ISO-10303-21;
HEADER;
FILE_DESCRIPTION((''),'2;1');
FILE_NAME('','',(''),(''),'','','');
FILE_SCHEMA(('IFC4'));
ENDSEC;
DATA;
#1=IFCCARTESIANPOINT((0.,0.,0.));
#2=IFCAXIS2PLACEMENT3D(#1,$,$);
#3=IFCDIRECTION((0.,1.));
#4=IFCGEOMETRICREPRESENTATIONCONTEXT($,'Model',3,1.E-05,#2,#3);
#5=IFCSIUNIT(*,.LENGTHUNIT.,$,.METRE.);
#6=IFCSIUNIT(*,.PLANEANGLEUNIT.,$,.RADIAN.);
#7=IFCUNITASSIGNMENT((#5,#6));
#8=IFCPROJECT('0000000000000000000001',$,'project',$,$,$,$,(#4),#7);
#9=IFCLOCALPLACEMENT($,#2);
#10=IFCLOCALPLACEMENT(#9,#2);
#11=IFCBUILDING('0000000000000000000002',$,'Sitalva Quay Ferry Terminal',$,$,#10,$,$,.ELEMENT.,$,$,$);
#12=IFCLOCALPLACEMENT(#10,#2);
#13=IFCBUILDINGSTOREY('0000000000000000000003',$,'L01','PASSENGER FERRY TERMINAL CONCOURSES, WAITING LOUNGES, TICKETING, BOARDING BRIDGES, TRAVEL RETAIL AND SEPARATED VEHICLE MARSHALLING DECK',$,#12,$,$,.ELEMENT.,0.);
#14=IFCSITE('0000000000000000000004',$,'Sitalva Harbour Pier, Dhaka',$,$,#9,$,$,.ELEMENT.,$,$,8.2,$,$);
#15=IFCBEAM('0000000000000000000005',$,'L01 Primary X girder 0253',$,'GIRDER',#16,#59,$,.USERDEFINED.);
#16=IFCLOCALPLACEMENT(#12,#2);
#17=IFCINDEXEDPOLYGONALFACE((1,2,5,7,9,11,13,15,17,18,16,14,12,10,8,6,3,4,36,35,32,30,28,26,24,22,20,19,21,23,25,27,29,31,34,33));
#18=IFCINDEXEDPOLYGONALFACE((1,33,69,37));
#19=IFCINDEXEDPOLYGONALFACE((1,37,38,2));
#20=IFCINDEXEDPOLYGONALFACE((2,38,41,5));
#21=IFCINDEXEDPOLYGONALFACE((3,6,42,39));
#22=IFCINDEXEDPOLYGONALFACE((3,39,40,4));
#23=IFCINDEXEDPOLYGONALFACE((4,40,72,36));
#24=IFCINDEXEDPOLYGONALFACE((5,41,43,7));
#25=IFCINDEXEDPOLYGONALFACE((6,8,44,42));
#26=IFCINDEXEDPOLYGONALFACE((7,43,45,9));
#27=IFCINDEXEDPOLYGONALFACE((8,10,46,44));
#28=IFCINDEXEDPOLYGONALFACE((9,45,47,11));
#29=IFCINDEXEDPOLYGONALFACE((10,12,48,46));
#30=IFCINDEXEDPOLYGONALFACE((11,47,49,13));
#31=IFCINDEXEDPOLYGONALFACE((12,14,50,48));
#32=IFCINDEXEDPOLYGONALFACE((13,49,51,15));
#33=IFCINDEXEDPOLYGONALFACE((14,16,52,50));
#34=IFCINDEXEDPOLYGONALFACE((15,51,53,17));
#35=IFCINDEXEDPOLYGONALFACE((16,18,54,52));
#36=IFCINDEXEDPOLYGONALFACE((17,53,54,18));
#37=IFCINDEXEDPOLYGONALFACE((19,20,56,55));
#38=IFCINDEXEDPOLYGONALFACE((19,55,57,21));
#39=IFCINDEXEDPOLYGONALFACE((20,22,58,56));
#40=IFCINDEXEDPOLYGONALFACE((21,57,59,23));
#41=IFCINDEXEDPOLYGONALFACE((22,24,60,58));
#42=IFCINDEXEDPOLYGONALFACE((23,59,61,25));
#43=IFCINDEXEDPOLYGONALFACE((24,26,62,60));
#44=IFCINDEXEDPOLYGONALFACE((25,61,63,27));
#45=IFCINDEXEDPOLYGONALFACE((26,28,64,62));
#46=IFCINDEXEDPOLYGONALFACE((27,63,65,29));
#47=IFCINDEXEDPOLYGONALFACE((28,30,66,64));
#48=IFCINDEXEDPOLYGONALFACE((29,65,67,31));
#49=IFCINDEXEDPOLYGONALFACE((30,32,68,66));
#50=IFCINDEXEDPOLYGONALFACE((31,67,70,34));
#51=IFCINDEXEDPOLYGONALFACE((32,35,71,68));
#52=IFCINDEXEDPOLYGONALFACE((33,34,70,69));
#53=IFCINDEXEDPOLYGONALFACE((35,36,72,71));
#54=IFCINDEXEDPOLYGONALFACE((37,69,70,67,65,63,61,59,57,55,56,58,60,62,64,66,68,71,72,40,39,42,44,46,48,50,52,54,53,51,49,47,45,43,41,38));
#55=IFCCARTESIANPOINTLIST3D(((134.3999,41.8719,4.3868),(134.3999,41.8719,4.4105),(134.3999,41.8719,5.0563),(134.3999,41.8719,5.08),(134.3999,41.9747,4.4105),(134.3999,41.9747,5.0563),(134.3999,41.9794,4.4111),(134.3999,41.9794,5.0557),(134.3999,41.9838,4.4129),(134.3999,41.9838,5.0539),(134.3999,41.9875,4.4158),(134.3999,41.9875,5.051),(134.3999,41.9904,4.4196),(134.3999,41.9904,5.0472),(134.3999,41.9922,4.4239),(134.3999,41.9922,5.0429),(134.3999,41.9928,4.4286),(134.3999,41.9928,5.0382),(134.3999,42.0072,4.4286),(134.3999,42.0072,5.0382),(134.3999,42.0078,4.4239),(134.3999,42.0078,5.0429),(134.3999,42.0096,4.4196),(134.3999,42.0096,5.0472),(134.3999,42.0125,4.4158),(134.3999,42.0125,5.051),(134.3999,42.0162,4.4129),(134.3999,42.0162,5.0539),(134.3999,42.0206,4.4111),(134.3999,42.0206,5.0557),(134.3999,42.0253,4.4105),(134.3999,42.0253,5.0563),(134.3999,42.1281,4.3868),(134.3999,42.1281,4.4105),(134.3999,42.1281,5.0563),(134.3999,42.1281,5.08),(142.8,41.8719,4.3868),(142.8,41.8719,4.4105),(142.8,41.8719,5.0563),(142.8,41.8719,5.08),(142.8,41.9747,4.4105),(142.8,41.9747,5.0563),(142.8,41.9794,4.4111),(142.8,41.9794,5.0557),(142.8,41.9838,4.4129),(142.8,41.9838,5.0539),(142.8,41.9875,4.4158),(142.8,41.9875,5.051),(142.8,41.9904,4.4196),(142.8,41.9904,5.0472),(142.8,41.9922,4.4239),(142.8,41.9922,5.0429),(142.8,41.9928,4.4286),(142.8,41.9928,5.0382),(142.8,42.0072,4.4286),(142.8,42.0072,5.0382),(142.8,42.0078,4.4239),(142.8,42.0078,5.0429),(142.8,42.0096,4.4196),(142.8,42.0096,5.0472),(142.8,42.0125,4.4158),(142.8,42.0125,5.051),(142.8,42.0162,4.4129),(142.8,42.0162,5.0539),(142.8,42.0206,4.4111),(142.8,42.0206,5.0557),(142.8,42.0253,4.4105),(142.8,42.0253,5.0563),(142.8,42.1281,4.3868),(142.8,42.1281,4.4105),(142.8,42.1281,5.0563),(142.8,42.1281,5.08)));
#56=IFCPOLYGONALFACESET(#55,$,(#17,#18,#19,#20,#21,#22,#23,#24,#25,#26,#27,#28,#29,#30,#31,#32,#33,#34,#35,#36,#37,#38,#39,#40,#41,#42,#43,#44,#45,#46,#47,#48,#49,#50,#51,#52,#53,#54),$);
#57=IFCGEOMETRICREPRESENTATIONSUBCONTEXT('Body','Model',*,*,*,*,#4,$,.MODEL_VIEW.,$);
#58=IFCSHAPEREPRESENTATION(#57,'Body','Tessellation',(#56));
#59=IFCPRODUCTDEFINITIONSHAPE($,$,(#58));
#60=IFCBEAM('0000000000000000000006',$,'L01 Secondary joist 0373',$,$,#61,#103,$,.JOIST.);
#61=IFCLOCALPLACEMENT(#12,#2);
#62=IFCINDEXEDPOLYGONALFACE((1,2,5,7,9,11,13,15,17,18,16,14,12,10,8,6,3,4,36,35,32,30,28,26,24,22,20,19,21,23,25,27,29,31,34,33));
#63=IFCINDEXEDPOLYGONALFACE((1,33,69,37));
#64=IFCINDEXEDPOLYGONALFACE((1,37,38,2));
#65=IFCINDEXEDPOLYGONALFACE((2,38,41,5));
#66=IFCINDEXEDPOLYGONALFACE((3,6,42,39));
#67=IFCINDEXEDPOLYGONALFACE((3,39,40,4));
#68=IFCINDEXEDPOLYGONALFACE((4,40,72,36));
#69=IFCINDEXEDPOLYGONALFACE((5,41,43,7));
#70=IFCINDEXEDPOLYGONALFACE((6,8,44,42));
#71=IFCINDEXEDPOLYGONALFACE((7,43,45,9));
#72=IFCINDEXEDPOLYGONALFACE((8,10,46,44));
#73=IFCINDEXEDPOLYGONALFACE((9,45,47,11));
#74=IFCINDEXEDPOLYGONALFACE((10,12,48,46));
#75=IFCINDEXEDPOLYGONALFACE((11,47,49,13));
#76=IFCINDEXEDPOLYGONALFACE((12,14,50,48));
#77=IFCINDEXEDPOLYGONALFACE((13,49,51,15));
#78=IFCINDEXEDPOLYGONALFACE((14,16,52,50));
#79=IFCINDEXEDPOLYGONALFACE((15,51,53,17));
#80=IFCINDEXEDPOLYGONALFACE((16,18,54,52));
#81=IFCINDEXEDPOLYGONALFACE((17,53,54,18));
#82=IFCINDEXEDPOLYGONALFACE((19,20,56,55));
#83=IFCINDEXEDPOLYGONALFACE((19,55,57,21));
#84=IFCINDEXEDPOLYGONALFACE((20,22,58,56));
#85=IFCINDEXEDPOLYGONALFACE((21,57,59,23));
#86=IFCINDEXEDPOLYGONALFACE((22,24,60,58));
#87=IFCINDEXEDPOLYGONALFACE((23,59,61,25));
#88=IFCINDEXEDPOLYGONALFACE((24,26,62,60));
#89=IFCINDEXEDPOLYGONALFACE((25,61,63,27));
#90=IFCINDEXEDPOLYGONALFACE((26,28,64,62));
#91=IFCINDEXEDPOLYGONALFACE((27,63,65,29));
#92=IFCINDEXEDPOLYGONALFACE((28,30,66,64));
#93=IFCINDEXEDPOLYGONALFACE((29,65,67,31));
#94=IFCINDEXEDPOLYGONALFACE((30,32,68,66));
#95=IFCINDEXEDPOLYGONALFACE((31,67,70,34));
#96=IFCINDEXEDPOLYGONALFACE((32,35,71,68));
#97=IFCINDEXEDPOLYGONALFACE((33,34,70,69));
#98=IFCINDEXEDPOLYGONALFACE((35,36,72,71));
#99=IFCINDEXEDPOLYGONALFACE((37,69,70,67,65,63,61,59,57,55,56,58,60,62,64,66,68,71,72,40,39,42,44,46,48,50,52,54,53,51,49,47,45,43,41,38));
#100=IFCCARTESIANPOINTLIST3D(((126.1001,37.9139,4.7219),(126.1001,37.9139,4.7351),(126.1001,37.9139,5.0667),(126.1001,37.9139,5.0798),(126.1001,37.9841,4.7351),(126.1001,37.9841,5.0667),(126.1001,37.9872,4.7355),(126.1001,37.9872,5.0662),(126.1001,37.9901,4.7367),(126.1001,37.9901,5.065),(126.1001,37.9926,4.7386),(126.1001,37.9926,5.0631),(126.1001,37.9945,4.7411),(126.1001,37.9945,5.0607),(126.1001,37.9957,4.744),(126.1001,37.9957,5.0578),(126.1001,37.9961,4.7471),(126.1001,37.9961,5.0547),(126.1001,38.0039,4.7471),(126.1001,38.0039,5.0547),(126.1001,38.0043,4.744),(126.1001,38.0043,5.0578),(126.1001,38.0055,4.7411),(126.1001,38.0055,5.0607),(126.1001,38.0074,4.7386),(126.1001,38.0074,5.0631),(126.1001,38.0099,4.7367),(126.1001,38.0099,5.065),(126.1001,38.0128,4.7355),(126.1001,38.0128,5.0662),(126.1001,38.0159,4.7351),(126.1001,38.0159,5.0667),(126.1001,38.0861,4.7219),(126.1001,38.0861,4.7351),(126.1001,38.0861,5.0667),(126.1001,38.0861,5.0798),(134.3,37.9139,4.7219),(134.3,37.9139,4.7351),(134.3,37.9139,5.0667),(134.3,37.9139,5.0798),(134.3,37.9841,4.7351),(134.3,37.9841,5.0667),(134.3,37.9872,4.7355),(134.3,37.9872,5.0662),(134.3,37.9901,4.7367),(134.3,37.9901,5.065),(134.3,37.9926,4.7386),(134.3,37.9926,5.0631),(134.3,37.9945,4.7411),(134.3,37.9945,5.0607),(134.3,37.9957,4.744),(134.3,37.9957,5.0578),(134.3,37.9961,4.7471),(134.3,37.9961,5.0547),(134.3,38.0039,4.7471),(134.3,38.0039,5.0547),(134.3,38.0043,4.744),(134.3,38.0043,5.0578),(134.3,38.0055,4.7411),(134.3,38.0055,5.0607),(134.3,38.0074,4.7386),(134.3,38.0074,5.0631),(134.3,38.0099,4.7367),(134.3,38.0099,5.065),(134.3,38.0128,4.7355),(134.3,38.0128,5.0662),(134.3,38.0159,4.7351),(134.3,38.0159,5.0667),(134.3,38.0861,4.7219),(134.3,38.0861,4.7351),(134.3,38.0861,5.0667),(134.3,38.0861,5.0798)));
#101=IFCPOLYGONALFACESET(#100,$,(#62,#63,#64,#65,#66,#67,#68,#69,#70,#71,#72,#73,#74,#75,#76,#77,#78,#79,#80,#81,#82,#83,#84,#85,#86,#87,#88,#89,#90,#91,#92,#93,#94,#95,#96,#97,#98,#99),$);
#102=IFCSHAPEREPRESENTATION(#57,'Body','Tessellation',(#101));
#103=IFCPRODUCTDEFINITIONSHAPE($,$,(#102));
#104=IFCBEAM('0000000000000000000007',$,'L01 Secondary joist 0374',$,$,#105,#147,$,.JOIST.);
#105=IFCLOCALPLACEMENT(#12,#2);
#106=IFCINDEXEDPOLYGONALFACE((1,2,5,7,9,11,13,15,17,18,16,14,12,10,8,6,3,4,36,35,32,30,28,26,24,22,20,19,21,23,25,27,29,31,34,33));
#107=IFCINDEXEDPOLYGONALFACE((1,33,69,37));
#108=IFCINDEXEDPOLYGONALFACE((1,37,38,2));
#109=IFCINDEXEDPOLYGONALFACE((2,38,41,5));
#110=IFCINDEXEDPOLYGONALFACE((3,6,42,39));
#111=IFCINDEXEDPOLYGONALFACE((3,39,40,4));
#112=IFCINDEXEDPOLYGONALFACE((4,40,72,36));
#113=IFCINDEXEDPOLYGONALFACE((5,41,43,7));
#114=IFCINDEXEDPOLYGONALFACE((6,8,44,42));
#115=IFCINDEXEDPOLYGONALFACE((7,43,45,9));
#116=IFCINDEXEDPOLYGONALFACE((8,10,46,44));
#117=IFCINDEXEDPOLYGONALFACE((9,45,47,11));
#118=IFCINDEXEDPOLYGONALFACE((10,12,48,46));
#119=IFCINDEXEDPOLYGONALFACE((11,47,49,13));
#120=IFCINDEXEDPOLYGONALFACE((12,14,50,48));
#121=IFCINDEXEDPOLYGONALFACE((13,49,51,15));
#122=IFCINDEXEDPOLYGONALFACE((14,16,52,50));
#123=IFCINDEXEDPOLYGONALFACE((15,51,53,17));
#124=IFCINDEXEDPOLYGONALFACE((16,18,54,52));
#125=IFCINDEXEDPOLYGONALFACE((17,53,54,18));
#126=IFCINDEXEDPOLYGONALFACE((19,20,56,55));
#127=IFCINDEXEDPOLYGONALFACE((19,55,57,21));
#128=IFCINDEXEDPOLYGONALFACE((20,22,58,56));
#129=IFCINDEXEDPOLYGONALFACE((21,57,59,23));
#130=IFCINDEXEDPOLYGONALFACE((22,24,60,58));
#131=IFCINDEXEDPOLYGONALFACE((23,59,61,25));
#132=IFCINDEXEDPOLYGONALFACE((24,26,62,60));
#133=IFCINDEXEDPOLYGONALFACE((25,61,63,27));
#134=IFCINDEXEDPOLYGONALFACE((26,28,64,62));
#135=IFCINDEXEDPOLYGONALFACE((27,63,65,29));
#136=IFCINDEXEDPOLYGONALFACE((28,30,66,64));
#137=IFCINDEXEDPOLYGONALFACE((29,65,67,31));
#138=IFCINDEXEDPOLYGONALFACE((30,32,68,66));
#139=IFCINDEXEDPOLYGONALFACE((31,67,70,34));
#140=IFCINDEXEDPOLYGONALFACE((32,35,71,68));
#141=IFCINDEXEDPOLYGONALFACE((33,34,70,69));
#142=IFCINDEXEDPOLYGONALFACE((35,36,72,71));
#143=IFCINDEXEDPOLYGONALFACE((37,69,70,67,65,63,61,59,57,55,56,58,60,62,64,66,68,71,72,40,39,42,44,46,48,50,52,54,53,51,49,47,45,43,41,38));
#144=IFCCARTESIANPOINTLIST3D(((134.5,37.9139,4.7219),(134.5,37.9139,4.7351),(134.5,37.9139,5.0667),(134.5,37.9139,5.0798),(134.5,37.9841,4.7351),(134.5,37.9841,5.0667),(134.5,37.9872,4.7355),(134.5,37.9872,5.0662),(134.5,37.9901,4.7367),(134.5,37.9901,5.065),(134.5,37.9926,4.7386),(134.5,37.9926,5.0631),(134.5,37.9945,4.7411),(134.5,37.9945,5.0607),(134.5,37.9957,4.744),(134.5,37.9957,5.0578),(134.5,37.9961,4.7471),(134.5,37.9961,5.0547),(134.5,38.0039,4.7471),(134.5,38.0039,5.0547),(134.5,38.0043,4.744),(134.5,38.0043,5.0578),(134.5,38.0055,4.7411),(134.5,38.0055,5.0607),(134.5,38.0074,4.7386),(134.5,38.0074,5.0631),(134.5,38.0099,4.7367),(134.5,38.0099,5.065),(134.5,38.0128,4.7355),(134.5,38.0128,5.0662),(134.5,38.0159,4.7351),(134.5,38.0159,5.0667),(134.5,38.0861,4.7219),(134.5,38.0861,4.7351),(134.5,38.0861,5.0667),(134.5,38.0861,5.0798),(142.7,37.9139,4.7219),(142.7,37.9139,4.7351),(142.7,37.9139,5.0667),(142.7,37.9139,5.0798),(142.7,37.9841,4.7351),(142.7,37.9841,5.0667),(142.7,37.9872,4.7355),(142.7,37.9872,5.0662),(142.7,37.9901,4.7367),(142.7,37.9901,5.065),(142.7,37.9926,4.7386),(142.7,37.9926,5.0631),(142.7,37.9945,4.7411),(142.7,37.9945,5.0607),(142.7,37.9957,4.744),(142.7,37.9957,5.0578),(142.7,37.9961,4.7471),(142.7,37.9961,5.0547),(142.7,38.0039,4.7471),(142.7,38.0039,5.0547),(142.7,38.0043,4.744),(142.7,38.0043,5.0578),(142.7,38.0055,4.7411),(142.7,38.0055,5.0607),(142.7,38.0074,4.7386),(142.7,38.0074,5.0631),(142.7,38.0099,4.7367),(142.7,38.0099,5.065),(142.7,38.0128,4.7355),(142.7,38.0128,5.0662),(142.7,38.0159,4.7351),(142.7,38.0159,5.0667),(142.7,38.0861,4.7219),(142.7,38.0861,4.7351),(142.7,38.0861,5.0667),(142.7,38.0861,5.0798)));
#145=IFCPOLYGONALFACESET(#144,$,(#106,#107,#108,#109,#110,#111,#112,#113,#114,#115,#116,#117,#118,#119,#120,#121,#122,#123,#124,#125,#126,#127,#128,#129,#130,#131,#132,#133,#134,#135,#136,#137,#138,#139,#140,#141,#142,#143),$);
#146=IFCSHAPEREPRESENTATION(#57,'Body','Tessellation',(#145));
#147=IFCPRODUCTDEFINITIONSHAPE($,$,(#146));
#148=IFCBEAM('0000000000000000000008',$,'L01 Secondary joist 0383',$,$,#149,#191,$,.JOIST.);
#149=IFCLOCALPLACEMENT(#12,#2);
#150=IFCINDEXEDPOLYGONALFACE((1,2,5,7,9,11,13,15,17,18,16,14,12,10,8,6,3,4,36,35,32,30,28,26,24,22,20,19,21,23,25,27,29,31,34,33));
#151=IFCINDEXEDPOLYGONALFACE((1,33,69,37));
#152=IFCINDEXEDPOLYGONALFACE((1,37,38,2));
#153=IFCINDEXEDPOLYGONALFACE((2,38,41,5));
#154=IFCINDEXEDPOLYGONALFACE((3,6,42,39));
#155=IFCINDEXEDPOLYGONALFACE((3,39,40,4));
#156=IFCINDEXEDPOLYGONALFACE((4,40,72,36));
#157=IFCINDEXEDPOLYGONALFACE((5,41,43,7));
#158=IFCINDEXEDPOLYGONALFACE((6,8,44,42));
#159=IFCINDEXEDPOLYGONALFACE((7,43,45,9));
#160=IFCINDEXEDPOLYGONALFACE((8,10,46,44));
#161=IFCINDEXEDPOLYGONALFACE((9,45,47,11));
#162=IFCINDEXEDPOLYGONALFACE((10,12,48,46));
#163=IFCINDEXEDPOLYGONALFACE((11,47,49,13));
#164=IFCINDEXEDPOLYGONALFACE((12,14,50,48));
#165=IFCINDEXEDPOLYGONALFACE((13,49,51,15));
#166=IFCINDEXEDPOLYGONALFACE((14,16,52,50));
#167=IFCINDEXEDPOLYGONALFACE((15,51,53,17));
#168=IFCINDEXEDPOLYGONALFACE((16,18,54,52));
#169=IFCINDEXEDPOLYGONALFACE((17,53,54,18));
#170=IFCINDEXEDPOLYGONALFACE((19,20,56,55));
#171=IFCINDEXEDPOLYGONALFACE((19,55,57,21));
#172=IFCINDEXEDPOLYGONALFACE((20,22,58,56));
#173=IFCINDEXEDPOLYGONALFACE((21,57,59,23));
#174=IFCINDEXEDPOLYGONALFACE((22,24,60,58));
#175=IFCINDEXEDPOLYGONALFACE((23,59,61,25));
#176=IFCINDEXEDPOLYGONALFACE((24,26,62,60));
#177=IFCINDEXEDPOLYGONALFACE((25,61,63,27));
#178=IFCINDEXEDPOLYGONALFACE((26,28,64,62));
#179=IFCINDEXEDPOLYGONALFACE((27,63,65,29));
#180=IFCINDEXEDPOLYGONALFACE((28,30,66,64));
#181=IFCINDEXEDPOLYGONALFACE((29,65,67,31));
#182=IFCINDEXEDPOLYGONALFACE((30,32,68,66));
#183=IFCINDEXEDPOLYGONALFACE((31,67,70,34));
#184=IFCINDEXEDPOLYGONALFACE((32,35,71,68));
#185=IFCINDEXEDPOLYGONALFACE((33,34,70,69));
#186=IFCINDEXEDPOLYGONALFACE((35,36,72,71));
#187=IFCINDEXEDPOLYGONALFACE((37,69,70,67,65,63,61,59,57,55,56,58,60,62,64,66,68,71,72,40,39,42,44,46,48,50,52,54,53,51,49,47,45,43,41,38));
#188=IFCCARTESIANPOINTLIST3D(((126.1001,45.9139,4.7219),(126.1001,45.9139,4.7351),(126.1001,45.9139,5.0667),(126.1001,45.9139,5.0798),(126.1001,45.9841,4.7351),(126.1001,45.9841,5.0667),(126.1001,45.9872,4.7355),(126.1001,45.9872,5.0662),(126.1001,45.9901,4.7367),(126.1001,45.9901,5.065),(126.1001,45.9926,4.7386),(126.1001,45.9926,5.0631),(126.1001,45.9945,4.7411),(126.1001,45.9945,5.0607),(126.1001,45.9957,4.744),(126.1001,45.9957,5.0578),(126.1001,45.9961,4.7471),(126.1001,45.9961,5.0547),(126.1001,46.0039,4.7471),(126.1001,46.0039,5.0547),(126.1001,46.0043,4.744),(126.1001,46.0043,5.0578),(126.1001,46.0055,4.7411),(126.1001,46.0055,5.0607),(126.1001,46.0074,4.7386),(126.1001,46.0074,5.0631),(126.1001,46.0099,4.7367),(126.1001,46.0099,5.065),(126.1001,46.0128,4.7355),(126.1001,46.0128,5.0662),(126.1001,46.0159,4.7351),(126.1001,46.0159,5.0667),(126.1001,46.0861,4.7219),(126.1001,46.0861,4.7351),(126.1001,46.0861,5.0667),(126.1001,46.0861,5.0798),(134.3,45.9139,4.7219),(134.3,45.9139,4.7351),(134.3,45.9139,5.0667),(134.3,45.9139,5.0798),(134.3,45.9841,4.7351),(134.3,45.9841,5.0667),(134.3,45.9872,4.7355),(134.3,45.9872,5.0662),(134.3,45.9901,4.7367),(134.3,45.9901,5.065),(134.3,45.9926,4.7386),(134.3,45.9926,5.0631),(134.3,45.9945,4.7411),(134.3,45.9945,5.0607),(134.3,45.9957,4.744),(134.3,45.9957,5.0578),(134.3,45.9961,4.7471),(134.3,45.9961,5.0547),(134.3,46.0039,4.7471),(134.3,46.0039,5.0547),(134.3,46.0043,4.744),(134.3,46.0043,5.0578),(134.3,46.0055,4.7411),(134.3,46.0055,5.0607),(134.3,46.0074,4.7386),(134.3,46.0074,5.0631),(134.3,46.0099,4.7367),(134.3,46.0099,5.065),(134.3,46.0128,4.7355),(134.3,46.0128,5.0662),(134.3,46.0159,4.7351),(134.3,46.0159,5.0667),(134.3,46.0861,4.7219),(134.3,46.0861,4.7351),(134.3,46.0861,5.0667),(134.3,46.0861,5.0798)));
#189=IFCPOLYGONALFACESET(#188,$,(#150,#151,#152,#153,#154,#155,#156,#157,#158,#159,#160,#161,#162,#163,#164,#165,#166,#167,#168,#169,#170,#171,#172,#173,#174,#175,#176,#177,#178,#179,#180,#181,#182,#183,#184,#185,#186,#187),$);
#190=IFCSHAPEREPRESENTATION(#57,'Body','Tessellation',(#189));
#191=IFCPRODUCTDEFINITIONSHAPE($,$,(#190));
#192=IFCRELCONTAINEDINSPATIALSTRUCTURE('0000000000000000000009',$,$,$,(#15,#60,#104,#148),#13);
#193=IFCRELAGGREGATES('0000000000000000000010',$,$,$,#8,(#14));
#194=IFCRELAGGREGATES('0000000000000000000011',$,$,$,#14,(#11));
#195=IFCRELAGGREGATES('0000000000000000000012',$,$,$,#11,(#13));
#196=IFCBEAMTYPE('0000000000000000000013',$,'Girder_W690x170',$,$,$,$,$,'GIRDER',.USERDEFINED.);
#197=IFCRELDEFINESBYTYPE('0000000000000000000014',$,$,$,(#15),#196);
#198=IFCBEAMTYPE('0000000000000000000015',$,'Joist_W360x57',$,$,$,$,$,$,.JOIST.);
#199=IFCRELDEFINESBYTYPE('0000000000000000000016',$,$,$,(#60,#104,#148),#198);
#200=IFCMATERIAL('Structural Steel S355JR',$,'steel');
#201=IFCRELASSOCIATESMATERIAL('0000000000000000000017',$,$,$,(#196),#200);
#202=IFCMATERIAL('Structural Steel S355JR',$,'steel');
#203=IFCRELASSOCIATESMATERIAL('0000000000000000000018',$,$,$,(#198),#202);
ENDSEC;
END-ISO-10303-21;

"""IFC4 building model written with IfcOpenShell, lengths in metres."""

from ifc_helpers import new_model, si_unit, direction, frame, origin, origin_2d, place, context, subcontext, project, spatial, i_section, extrude, material, material_profile, profile_set, type_object, element, save


model = new_model("IFC4")

# Units and contexts
model_context = context("Model", 3, precision=1e-05, world=origin(), true_north=direction((0.0, 1.0)))
body_context = subcontext(model_context, "Body", "Model", "MODEL_VIEW")
ifc_project = project(units=[si_unit("LENGTHUNIT", "METRE"), si_unit("PLANEANGLEUNIT", "RADIAN")], contexts=[model_context])

# Site, building, storey
site_placement = place(None, origin())
site = spatial("IfcSite", under=ifc_project, at=site_placement, Name="Sitalva Harbour Pier, Dhaka", CompositionType="ELEMENT", RefElevation=8.2)
building_placement = place(site_placement, origin())
building = spatial("IfcBuilding", under=site, at=building_placement, Name="Sitalva Quay Ferry Terminal", CompositionType="ELEMENT")
storey_placement = place(building_placement, origin())
storey = spatial("IfcBuildingStorey", under=building, at=storey_placement, Name="L01", Description="PASSENGER FERRY TERMINAL CONCOURSES, WAITING LOUNGES, TICKETING, BOARDING BRIDGES, TRAVEL RETAIL AND SEPARATED VEHICLE MARSHALLING DECK", CompositionType="ELEMENT", Elevation=0.0)

# Beams
ifc_material_1 = material(Name="Structural Steel S355JR", Category="steel")
ifc_material_profile_1 = material_profile(ifc_material_1, i_section(OverallWidth=0.2561, OverallDepth=0.6931, WebThickness=0.0144, FlangeThickness=0.0237, FilletRadius=0.0181, at=origin_2d()), Name="W690x170")
ifc_profile_set_1 = profile_set([ifc_material_profile_1], Name="Structural Steel S355JR")
beam_type_1 = type_object("IfcBeamType", Name="Girder_W690x170", ElementType="GIRDER", PredefinedType="USERDEFINED", material=ifc_profile_set_1)
beam_1_placement = place(storey_placement, frame((134.3999, 42.0, 4.7334), z_axis=(1.0, 0.0, 0.0), x_axis=(0.0, 1.0, 0.0)))
element("IfcBeam", 1, at=beam_1_placement, inside=storey, type_object=beam_type_1, Name="L01 Primary X girder 0253", ObjectType="GIRDER", PredefinedType="USERDEFINED", context=body_context, shape_type="SweptSolid", body=[
    extrude(i_section(OverallWidth=0.2561, OverallDepth=0.6931, WebThickness=0.0144, FlangeThickness=0.0237, FilletRadius=0.0181, at=origin_2d()), origin(), (0.0, 0.0, 1.0), 8.4001),
])
ifc_material_2 = material(Name="Structural Steel S355JR", Category="steel")
ifc_material_profile_2 = material_profile(ifc_material_2, i_section(OverallWidth=0.1721, OverallDepth=0.3579, WebThickness=0.0078, FlangeThickness=0.0132, FilletRadius=0.012, at=origin_2d()), Name="W360x57")
ifc_profile_set_2 = profile_set([ifc_material_profile_2], Name="Structural Steel S355JR")
beam_type_2 = type_object("IfcBeamType", Name="Joist_W360x57", PredefinedType="JOIST", material=ifc_profile_set_2)
for number, where, z_axis, x_axis, name in (
    (2, (126.1001, 38.0, 4.9009), (1.0, 0.0, 0.0), (0.0, 1.0, 0.0), "L01 Secondary joist 0373"),
    (3, (134.5, 38.0, 4.9009), (1.0, 0.0, 0.0), (0.0, 1.0, 0.0), "L01 Secondary joist 0374"),
    (4, (126.1001, 46.0, 4.9009), (1.0, 0.0, 0.0), (0.0, 1.0, 0.0), "L01 Secondary joist 0383"),
):
    element("IfcBeam", number, at=place(storey_placement, frame(where, z_axis=z_axis, x_axis=x_axis)), inside=storey, type_object=beam_type_2, Name=name, PredefinedType="JOIST", context=body_context, shape_type="SweptSolid", body=[
        extrude(i_section(OverallWidth=0.1721, OverallDepth=0.3579, WebThickness=0.0078, FlangeThickness=0.0132, FilletRadius=0.012, at=origin_2d()), origin(), (0.0, 0.0, 1.0), 8.2),
    ])

save(model, "model.ifc")
